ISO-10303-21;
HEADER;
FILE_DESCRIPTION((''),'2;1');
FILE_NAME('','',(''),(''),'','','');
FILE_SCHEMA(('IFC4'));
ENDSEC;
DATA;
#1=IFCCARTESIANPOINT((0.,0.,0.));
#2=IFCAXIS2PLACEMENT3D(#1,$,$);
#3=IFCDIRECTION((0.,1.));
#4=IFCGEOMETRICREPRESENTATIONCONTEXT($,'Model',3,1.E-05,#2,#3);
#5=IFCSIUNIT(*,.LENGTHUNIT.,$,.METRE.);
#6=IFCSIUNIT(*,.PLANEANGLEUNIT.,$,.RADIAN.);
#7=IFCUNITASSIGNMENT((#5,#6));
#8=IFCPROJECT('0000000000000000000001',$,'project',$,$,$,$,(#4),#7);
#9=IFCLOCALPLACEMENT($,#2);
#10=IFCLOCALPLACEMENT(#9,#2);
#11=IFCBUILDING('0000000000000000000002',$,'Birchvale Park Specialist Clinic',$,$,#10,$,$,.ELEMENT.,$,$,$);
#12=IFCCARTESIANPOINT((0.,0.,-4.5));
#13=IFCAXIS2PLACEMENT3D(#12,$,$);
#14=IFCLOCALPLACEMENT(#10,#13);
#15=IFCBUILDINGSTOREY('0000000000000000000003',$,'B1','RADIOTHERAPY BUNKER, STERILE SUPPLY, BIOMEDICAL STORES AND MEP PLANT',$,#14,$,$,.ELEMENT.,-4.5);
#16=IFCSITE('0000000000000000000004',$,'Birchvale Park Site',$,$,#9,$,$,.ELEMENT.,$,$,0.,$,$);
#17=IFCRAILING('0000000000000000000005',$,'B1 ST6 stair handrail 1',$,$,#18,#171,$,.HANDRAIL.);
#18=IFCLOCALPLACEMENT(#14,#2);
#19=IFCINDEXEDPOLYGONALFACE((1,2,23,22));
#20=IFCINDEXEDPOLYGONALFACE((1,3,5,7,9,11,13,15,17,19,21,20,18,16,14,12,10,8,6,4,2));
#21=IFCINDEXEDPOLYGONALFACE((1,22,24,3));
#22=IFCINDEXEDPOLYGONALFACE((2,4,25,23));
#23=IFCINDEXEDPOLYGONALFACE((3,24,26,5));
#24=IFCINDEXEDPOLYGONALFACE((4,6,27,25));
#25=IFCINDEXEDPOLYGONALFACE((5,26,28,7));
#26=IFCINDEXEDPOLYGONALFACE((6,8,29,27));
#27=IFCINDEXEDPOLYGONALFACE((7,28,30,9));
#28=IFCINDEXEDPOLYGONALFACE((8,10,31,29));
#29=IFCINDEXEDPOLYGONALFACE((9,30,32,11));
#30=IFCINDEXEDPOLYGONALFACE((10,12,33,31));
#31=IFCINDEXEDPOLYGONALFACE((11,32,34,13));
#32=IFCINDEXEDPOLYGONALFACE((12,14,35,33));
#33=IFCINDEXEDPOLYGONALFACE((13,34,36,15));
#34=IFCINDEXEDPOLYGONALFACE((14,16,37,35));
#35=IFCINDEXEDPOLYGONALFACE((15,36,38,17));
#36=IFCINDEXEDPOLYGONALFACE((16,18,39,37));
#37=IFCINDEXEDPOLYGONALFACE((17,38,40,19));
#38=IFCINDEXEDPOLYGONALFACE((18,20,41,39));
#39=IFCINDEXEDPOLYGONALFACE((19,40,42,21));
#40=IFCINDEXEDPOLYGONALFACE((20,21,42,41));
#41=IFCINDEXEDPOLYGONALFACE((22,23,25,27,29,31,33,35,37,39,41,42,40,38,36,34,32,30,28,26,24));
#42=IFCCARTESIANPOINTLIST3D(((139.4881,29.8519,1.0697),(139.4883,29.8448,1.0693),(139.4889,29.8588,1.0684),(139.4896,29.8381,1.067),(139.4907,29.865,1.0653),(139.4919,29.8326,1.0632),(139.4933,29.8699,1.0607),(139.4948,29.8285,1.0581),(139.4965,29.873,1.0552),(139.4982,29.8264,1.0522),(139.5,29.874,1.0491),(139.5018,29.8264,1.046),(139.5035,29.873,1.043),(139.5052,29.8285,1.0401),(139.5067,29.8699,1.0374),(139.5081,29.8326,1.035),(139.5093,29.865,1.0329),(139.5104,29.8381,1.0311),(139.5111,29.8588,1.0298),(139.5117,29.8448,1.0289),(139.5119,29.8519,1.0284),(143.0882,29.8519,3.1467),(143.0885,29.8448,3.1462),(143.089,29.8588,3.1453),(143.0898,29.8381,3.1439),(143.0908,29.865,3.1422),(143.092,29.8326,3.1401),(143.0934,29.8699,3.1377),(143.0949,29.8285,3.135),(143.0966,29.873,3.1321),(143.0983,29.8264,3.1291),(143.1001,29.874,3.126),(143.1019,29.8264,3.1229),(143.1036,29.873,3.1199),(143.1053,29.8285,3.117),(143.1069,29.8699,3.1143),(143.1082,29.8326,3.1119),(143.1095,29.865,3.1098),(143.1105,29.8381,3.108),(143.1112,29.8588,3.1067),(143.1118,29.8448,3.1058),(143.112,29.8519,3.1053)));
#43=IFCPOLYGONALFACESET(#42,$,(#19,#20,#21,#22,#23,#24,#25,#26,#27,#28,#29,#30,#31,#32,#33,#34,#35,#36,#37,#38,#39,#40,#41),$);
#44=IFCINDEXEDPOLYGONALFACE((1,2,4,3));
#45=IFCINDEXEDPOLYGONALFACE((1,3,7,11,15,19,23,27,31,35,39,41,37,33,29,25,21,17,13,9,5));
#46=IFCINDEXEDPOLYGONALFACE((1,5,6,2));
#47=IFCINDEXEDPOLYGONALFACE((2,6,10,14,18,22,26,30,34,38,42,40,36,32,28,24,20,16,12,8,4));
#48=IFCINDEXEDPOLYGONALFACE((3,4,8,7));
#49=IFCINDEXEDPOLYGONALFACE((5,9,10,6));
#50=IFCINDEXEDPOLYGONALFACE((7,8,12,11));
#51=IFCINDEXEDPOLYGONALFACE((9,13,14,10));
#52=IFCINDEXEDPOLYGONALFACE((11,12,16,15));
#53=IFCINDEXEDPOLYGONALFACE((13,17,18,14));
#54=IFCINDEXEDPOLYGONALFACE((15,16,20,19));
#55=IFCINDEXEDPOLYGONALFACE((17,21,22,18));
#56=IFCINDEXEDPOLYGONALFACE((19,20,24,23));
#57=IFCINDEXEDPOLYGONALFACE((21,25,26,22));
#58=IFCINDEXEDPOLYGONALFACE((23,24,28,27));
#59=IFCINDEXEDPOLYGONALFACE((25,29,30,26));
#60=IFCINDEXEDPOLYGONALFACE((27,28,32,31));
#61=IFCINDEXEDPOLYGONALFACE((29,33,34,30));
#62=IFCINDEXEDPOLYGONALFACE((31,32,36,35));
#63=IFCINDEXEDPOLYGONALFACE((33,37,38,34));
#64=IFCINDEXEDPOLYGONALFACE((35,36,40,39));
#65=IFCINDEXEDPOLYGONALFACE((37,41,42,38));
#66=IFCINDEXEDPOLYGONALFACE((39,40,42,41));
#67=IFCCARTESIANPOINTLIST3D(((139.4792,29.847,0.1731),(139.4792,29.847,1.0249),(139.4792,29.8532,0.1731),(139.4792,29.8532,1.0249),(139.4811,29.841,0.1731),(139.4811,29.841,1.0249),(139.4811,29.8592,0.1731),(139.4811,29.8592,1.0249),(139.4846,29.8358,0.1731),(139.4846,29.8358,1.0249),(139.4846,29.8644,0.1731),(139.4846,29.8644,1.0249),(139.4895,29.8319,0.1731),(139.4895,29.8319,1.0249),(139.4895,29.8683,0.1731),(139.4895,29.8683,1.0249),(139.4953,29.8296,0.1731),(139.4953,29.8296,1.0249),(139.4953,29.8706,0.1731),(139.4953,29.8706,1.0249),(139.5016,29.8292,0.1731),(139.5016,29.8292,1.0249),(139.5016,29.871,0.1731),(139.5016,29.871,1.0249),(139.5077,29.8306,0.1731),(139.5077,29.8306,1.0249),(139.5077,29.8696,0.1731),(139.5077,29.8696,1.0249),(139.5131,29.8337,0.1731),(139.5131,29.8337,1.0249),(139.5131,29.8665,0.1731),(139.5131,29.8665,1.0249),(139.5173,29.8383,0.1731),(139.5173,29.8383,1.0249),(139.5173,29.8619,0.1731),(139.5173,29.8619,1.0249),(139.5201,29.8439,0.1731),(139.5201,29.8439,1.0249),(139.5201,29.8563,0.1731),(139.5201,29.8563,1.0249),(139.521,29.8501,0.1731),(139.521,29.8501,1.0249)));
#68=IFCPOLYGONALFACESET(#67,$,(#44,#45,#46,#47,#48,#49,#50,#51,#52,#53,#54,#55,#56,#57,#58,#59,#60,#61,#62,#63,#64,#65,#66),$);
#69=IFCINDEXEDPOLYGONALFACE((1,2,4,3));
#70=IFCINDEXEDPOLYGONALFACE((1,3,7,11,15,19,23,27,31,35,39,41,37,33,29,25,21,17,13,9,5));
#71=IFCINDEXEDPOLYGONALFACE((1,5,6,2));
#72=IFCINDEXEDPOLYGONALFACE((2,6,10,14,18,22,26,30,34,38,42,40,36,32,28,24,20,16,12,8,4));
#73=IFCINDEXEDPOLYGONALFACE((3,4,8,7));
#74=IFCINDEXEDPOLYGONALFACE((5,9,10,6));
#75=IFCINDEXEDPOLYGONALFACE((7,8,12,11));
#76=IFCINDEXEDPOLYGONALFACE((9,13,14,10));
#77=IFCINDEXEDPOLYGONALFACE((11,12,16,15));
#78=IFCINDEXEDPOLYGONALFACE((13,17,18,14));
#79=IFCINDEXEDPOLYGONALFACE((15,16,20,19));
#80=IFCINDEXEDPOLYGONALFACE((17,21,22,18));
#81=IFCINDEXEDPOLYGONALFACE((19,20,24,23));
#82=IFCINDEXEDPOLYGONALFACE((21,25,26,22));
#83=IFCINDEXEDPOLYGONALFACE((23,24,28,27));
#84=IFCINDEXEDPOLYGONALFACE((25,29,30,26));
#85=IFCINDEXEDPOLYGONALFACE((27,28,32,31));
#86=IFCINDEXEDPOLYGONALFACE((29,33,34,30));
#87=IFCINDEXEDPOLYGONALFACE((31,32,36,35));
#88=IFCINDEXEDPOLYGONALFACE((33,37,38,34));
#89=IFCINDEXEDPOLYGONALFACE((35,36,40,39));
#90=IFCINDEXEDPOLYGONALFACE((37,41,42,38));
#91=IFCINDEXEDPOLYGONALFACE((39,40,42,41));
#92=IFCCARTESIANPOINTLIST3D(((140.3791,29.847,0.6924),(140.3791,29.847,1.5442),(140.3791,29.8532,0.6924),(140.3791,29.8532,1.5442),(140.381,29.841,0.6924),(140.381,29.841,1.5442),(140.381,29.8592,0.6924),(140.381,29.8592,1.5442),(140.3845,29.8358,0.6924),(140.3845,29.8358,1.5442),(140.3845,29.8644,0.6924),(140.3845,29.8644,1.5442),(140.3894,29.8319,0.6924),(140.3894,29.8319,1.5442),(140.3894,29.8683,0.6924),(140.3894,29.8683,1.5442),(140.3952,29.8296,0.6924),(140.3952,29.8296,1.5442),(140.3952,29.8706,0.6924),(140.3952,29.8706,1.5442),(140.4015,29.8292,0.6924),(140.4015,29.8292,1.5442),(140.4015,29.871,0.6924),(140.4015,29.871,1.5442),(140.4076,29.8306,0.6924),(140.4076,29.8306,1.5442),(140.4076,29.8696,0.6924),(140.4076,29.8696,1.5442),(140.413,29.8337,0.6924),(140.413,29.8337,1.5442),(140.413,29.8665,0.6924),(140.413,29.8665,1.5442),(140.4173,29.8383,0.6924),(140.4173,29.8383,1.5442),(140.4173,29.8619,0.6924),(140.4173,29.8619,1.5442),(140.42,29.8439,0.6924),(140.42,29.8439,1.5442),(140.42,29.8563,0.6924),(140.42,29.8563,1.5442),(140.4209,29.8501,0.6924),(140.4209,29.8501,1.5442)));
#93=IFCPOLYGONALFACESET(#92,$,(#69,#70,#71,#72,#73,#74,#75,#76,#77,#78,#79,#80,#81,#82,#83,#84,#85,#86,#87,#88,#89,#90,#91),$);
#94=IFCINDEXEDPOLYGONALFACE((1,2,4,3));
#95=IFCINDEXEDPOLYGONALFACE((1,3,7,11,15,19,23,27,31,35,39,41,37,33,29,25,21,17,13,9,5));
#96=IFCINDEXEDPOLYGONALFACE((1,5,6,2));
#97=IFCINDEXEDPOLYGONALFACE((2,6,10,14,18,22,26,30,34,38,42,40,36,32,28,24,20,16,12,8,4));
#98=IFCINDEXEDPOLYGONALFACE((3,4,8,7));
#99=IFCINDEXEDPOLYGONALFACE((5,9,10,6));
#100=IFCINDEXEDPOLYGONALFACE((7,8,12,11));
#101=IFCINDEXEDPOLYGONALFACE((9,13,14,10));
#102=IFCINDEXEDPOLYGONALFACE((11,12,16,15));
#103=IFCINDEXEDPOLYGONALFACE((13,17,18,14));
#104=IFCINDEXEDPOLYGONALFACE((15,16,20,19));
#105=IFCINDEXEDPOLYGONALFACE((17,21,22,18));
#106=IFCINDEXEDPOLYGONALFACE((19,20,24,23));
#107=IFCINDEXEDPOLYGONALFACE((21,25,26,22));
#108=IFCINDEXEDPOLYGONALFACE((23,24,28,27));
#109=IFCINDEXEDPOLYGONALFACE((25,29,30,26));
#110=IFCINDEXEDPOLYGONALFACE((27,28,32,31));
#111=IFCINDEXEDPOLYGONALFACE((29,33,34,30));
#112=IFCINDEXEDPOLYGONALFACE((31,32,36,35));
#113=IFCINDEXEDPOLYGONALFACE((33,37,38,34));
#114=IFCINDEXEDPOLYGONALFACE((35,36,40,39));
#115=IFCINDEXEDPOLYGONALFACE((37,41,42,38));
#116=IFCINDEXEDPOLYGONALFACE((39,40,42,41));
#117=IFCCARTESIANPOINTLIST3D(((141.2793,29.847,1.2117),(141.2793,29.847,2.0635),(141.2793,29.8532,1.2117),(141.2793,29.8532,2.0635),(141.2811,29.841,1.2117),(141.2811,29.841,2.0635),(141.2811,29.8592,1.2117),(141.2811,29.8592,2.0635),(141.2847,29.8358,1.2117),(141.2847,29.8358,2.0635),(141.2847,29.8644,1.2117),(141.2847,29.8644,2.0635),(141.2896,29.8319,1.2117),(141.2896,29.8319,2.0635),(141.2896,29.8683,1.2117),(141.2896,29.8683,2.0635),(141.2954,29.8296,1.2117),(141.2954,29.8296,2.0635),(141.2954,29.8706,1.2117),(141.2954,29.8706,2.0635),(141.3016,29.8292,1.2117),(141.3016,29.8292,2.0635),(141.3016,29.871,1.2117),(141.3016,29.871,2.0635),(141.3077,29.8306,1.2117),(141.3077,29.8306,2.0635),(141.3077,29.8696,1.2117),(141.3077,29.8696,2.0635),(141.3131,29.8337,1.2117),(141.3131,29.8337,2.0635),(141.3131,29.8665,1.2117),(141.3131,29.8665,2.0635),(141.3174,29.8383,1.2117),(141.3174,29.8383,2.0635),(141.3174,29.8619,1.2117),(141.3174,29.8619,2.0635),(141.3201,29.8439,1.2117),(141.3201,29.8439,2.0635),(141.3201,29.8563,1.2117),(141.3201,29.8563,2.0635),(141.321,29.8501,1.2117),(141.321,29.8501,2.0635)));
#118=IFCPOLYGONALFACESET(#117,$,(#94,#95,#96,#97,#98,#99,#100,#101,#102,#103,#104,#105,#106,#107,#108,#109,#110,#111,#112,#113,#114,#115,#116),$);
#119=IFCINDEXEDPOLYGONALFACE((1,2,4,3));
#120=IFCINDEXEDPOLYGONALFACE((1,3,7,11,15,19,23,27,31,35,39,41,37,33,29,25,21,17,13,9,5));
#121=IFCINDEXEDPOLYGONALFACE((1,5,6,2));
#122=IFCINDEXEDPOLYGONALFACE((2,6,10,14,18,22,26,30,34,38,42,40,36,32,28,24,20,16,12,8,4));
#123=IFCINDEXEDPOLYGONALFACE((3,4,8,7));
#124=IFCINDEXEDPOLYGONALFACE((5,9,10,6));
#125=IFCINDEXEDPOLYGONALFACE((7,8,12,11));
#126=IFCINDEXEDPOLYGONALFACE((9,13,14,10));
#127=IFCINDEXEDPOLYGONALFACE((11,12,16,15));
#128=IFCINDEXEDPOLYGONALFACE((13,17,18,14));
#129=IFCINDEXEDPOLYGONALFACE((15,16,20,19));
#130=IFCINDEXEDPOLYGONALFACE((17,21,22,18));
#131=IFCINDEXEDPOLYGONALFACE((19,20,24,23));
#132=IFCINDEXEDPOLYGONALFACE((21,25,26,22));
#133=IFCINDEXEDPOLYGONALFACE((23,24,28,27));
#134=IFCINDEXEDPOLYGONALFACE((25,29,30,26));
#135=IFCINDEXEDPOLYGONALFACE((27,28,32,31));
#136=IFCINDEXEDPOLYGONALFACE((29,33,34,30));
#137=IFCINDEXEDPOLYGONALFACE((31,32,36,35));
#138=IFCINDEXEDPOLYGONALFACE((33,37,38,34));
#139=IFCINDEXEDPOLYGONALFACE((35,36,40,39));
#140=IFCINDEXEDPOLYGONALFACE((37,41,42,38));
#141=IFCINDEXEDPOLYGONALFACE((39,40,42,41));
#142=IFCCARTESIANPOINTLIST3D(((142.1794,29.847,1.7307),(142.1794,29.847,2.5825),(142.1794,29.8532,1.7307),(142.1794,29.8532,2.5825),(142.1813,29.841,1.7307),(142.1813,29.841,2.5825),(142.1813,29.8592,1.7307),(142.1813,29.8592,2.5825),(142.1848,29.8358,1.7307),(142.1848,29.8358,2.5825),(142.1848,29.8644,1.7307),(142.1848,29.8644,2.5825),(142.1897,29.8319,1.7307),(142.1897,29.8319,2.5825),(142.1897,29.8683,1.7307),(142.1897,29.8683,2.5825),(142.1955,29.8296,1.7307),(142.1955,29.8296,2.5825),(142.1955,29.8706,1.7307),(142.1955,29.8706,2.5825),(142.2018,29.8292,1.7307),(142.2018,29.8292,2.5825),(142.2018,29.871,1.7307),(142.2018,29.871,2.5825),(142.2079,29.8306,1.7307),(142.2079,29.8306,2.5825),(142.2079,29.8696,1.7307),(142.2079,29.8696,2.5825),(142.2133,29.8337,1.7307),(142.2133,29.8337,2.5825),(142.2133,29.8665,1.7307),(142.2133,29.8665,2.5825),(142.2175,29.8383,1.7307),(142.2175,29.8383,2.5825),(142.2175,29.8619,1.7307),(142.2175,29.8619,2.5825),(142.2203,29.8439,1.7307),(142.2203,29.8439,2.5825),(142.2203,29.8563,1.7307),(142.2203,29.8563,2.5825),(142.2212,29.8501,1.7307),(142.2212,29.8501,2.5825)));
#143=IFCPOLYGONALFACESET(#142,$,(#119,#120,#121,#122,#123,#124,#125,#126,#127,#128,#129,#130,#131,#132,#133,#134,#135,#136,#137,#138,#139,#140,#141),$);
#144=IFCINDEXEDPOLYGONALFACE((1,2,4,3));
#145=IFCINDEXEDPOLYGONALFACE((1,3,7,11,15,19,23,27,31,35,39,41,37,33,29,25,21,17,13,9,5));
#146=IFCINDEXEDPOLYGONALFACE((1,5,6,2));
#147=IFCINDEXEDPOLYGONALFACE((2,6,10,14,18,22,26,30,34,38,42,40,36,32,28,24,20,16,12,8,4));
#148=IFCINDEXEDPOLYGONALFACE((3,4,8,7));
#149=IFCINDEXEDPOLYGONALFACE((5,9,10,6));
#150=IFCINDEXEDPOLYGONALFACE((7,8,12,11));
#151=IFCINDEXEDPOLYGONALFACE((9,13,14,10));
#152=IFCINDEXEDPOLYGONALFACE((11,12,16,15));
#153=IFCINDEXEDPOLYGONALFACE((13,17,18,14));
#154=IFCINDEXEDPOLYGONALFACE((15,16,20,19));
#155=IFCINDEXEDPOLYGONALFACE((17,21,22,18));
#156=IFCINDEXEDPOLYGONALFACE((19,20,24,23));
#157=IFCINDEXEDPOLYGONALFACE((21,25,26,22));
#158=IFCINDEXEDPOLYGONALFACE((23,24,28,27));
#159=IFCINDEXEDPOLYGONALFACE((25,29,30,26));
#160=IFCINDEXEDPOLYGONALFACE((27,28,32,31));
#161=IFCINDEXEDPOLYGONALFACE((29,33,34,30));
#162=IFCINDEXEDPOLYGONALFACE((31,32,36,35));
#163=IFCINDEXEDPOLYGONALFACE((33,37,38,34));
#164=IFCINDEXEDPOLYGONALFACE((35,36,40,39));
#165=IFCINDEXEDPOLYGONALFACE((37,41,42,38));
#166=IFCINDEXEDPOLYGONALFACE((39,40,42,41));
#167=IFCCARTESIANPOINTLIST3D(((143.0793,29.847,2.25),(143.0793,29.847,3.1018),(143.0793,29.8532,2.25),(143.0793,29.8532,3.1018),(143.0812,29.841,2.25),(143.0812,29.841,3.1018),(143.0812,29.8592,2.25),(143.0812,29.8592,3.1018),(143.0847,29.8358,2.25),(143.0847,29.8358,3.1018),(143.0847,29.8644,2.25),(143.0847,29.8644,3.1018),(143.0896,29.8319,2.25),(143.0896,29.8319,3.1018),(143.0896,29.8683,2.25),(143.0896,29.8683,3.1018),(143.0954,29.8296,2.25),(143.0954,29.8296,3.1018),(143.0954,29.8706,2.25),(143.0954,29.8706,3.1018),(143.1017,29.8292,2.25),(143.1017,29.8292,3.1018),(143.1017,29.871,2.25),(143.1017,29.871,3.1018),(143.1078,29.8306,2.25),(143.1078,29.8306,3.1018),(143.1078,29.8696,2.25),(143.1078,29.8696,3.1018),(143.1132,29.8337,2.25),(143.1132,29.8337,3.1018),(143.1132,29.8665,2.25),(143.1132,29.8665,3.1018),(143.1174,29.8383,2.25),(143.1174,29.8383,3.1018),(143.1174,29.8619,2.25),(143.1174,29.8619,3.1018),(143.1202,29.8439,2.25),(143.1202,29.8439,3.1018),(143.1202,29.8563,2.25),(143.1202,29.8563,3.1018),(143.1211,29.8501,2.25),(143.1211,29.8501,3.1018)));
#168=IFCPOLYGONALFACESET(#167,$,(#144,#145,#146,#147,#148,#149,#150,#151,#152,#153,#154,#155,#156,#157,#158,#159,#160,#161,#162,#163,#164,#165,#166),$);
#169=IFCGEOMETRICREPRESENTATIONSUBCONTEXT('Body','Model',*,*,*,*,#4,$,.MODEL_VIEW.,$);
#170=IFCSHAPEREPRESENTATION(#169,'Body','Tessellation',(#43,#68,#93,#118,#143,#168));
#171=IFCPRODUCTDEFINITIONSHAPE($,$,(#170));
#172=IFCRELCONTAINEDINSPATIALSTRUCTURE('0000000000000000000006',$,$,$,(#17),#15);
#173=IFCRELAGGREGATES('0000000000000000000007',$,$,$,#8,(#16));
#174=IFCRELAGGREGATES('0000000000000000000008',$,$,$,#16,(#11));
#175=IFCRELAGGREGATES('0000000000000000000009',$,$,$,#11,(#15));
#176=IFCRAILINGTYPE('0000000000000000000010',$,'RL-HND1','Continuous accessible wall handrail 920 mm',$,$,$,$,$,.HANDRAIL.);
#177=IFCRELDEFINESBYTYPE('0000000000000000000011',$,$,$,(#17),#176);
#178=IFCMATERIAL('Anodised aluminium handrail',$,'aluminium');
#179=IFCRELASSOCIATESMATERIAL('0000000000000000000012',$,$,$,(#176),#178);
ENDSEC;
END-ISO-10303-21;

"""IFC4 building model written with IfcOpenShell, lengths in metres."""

from ifc_helpers import new_model, si_unit, direction, frame, origin, origin_2d, place, context, subcontext, project, spatial, circle, extrude, material, type_object, element, save


model = new_model("IFC4")

# Units and contexts
model_context = context("Model", 3, precision=1e-05, world=origin(), true_north=direction((0.0, 1.0)))
body_context = subcontext(model_context, "Body", "Model", "MODEL_VIEW")
ifc_project = project(units=[si_unit("LENGTHUNIT", "METRE"), si_unit("PLANEANGLEUNIT", "RADIAN")], contexts=[model_context])

# Site, building, storey
site_placement = place(None, origin())
site = spatial("IfcSite", under=ifc_project, at=site_placement, Name="Birchvale Park Site", CompositionType="ELEMENT", RefElevation=0.0)
building_placement = place(site_placement, origin())
building = spatial("IfcBuilding", under=site, at=building_placement, Name="Birchvale Park Specialist Clinic", CompositionType="ELEMENT")
storey_placement = place(building_placement, frame((0.0, 0.0, -4.5)))
storey = spatial("IfcBuildingStorey", under=building, at=storey_placement, Name="B1", Description="RADIOTHERAPY BUNKER, STERILE SUPPLY, BIOMEDICAL STORES AND MEP PLANT", CompositionType="ELEMENT", Elevation=-4.5)

# Railing
ifc_material_1 = material(Name="Anodised aluminium handrail", Category="aluminium")
railing_type_1 = type_object("IfcRailingType", Name="RL-HND1", Description="Continuous accessible wall handrail 920 mm", PredefinedType="HANDRAIL", material=ifc_material_1)
railing_1_placement = place(storey_placement, frame((139.5, 29.8501, 0.1731)))
element("IfcRailing", 1, at=railing_1_placement, inside=storey, type_object=railing_type_1, Name="B1 ST6 stair handrail 1", PredefinedType="HANDRAIL", context=body_context, shape_type="SweptSolid", body=[
    extrude(circle(Radius=0.0239, at=origin_2d()), frame((0.0, 0.0, 0.876), z_axis=(0.866193, 0.0, 0.499709), x_axis=(0.0, 1.0, 0.0)), (0.0, 0.0, 1.0), 4.1562),
    extrude(circle(Radius=0.021, at=origin_2d()), origin(), (0.0, 0.0, 1.0), 0.8518),
    extrude(circle(Radius=0.021, at=origin_2d()), frame((0.8999, 0.0, 0.5193)), (0.0, 0.0, 1.0), 0.8518),
    extrude(circle(Radius=0.021, at=origin_2d()), frame((1.8, 0.0, 1.0386)), (0.0, 0.0, 1.0), 0.8518),
    extrude(circle(Radius=0.021, at=origin_2d()), frame((2.7002, 0.0, 1.5576)), (0.0, 0.0, 1.0), 0.8518),
    extrude(circle(Radius=0.021, at=origin_2d()), frame((3.6001, 0.0, 2.0769)), (0.0, 0.0, 1.0), 0.8518),
])

save(model, "model.ifc")
